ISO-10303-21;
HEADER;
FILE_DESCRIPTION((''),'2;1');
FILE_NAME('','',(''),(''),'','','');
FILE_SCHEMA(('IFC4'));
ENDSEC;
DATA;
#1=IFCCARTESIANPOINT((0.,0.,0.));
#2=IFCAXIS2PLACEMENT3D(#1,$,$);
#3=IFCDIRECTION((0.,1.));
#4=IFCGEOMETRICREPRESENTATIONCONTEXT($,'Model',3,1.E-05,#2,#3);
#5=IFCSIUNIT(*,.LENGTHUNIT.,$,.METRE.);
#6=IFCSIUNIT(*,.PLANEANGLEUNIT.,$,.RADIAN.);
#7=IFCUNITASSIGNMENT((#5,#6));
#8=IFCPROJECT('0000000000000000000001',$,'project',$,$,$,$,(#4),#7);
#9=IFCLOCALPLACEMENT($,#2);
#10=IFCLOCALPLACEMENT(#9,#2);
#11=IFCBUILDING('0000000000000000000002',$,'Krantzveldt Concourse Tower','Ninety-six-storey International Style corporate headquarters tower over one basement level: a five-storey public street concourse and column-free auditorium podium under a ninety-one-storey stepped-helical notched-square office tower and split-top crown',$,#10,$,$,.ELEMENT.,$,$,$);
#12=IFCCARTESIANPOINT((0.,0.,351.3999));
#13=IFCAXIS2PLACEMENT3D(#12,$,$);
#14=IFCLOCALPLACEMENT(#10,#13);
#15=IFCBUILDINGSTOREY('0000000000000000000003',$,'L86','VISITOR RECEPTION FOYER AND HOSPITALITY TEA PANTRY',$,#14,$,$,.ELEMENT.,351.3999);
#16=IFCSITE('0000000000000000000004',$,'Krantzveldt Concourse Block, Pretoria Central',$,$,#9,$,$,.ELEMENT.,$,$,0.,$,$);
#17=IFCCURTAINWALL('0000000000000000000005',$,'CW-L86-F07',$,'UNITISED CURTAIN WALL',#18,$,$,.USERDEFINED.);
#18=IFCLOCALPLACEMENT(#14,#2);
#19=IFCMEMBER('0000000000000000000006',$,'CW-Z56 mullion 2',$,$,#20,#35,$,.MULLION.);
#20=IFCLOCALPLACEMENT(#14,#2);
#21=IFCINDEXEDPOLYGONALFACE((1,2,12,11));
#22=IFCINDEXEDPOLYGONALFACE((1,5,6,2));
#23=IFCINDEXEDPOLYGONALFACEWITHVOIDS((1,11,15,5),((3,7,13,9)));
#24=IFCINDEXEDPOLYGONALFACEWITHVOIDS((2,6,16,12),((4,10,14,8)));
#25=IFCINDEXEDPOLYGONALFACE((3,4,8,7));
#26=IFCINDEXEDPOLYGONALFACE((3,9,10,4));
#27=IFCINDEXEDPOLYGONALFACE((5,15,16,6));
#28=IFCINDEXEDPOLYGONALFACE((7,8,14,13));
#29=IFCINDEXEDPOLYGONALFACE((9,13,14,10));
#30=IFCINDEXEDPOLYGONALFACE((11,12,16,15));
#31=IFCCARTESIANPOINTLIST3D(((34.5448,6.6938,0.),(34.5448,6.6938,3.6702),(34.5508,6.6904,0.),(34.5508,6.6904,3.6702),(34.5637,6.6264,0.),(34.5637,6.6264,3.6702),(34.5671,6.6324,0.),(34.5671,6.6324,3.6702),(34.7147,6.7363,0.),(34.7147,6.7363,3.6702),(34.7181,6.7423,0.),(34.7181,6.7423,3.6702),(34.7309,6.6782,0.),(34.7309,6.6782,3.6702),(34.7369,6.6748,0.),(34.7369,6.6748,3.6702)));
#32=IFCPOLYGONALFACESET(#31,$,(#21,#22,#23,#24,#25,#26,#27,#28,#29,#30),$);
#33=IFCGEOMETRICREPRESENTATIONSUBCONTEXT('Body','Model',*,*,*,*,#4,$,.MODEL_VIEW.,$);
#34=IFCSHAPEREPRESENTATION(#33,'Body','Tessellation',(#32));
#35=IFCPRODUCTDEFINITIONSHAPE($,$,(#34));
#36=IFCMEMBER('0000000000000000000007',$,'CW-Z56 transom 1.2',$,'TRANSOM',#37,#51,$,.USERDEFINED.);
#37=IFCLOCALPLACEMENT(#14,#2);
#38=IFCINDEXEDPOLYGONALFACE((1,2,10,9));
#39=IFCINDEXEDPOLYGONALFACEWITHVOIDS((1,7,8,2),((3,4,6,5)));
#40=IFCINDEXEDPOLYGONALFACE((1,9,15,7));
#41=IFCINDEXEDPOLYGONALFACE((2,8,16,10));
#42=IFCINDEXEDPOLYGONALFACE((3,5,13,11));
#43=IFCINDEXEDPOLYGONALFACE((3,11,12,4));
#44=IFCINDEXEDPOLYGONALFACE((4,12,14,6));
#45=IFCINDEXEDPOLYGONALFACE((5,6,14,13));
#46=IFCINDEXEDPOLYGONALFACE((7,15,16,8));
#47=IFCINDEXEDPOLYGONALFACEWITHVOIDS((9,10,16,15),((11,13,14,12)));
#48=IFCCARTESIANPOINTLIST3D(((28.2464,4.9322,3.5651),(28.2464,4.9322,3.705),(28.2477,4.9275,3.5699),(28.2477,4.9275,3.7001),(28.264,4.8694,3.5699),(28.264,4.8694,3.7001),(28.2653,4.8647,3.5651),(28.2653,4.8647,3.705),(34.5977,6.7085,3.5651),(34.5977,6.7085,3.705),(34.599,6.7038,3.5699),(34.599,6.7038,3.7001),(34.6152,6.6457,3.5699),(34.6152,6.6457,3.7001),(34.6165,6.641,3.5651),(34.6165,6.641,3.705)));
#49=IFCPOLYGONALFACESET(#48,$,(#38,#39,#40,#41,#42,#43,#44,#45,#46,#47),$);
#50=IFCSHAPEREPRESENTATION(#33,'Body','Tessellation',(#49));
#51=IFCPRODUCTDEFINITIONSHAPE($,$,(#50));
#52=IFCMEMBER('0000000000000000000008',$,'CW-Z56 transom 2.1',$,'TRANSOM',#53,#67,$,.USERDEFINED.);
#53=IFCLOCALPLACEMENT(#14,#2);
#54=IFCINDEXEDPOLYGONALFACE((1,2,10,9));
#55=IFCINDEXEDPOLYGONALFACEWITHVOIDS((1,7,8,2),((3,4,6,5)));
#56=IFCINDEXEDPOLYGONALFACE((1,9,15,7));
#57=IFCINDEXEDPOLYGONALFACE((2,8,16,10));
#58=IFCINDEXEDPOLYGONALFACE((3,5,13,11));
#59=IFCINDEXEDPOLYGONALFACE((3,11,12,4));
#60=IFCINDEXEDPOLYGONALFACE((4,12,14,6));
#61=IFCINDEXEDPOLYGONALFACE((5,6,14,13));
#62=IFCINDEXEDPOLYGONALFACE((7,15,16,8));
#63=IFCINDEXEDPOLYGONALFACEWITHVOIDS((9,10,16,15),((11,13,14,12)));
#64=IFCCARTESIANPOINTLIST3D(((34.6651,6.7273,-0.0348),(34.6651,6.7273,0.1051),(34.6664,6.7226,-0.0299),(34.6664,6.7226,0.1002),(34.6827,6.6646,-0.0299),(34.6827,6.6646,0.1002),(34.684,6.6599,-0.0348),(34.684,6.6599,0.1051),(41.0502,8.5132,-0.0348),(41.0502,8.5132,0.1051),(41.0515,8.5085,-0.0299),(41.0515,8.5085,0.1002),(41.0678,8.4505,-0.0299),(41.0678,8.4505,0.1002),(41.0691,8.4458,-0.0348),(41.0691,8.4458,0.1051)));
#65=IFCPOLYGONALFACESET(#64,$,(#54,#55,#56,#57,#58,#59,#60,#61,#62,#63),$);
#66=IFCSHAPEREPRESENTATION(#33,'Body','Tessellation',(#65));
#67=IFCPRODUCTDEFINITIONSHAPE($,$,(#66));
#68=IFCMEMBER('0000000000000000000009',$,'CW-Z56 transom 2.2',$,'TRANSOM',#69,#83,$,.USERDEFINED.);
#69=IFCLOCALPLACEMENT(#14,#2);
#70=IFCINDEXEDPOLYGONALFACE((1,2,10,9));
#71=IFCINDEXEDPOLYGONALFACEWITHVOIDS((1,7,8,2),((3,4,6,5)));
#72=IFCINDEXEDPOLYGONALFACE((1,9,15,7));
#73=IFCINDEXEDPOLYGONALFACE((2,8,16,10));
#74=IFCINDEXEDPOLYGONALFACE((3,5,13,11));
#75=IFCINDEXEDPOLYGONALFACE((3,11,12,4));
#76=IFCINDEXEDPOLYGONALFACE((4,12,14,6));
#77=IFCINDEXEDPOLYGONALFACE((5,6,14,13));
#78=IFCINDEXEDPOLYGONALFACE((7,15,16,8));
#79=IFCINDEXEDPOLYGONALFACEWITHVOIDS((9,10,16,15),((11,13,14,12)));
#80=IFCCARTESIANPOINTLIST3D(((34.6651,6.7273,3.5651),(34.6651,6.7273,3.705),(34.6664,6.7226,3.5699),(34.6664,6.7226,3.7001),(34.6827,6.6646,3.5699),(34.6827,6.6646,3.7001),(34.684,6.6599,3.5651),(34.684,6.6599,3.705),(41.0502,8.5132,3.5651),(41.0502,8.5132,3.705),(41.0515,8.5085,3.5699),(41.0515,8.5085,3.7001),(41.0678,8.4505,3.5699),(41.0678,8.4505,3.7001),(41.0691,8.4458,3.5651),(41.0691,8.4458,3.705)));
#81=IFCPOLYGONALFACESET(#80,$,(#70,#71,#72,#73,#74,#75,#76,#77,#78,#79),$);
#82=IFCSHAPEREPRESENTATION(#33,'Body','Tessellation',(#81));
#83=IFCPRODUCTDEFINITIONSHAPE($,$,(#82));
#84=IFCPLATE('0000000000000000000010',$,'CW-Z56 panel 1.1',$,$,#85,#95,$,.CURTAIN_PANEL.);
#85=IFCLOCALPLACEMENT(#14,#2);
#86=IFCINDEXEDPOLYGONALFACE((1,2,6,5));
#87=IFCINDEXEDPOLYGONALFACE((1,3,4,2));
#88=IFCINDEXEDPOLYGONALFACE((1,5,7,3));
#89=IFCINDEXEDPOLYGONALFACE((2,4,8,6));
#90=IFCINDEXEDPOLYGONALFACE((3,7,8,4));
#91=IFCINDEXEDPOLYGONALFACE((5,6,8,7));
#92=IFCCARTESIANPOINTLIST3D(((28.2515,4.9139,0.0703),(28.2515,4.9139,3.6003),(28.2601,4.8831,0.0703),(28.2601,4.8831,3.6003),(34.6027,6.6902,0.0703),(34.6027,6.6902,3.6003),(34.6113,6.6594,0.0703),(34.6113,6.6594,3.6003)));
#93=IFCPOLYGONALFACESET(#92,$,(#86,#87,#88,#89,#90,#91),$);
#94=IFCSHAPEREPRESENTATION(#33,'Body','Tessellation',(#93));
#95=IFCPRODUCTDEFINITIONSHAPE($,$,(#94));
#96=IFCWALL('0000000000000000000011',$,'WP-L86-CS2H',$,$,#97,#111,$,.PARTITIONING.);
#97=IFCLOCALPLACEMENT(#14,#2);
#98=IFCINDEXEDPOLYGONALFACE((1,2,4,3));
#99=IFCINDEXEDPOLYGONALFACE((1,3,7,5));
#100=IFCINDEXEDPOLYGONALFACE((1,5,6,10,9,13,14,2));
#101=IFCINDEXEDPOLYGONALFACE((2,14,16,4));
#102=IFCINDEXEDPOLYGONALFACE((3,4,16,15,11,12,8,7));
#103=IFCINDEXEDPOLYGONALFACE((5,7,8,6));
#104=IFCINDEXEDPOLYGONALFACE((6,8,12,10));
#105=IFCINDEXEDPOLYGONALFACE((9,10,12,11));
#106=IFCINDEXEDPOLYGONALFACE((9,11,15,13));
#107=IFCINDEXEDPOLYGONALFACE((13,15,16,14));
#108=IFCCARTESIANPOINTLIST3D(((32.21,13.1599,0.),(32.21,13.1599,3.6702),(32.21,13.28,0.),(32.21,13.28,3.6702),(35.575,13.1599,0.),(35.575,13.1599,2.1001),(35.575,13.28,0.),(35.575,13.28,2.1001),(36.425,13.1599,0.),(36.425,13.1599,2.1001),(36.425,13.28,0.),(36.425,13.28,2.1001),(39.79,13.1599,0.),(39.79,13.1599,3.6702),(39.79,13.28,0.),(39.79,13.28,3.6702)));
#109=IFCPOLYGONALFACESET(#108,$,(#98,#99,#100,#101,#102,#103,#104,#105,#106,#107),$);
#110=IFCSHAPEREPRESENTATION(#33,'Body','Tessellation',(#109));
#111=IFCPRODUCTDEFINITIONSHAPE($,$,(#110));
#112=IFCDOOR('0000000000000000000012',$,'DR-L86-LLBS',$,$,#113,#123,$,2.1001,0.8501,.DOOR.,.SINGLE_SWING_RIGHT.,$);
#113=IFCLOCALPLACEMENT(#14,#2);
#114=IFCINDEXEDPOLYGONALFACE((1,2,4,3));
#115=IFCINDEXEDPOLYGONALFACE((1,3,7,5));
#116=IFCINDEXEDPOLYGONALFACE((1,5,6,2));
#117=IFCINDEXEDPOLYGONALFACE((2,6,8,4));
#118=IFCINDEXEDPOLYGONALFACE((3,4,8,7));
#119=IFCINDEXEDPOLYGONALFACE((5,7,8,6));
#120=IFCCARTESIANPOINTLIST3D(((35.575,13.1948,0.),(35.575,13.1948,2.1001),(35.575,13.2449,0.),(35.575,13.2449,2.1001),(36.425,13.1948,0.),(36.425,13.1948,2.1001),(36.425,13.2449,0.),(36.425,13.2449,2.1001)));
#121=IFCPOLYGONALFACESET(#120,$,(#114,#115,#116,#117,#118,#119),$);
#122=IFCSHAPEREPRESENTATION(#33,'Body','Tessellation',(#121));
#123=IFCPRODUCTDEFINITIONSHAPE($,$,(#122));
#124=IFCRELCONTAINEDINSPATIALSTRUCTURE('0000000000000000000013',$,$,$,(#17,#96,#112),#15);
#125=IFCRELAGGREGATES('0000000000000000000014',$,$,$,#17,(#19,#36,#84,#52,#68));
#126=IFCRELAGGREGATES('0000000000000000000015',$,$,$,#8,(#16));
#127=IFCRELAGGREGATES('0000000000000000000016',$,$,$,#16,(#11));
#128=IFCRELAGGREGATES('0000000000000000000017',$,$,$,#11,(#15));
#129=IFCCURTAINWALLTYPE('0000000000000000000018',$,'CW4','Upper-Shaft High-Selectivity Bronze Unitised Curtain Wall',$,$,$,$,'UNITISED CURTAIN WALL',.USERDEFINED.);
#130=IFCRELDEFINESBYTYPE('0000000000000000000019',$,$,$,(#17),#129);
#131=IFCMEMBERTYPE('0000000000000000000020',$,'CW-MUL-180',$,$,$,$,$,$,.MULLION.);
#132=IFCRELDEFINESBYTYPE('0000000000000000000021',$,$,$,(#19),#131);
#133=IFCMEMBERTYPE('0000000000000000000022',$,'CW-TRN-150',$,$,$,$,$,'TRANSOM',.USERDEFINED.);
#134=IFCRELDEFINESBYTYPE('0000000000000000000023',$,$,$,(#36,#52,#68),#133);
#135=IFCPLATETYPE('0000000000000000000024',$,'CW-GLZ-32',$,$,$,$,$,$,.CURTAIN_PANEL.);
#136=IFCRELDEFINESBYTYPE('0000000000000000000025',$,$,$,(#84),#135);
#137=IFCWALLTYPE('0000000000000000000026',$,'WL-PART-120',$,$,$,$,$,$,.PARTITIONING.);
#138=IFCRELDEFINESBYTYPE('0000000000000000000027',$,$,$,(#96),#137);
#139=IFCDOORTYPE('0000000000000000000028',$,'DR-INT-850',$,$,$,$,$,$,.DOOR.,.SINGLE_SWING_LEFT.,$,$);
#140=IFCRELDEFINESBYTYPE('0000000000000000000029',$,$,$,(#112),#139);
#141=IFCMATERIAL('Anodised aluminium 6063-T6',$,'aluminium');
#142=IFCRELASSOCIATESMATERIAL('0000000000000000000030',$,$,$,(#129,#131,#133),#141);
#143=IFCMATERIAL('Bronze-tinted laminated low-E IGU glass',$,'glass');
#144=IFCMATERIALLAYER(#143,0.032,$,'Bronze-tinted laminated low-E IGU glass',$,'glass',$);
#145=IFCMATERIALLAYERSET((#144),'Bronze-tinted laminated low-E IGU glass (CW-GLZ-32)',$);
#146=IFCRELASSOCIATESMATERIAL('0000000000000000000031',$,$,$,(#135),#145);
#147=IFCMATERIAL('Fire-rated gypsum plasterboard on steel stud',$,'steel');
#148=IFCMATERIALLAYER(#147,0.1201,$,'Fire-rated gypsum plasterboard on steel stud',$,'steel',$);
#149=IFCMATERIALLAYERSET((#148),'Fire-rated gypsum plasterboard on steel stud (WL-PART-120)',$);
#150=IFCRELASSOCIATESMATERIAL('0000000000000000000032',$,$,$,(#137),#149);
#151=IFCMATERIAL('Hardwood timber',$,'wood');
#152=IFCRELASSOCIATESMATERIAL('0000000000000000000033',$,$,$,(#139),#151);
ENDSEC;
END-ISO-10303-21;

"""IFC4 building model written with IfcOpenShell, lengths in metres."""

from ifc_helpers import new_model, si_unit, direction, frame, frame_2d, origin, origin_2d, place, context, subcontext, project, spatial, rectangle, hollow_rectangle, extrude, source, transform, mapped, material, layer, layer_set, material_profile, profile_set, type_object, type_shapes, element, fill, aggregate, save


model = new_model("IFC4")

# Units and contexts
model_context = context("Model", 3, precision=1e-05, world=origin(), true_north=direction((0.0, 1.0)))
body_context = subcontext(model_context, "Body", "Model", "MODEL_VIEW")
ifc_project = project(units=[si_unit("LENGTHUNIT", "METRE"), si_unit("PLANEANGLEUNIT", "RADIAN")], contexts=[model_context])

# Site, building, storey
site_placement = place(None, origin())
site = spatial("IfcSite", under=ifc_project, at=site_placement, Name="Krantzveldt Concourse Block, Pretoria Central", CompositionType="ELEMENT", RefElevation=0.0)
building_placement = place(site_placement, origin())
building = spatial("IfcBuilding", under=site, at=building_placement, Name="Krantzveldt Concourse Tower", Description="Ninety-six-storey International Style corporate headquarters tower over one basement level: a five-storey public street concourse and column-free auditorium podium under a ninety-one-storey stepped-helical notched-square office tower and split-top crown", CompositionType="ELEMENT")
storey_placement = place(building_placement, frame((0.0, 0.0, 351.3999)))
storey = spatial("IfcBuildingStorey", under=building, at=storey_placement, Name="L86", Description="VISITOR RECEPTION FOYER AND HOSPITALITY TEA PANTRY", CompositionType="ELEMENT", Elevation=351.3999)

# Curtain wall, members, plate
ifc_material_1 = material(Name="Anodised aluminium 6063-T6", Category="aluminium")
curtain_wall_type = type_object("IfcCurtainWallType", Name="CW4", Description="Upper-Shaft High-Selectivity Bronze Unitised Curtain Wall", ElementType="UNITISED CURTAIN WALL", PredefinedType="USERDEFINED", material=ifc_material_1)
curtain_wall_placement = place(storey_placement, origin())
curtain_wall = element("IfcCurtainWall", 1, at=curtain_wall_placement, inside=storey, type_object=curtain_wall_type, Name="CW-L86-F07", ObjectType="UNITISED CURTAIN WALL", PredefinedType="USERDEFINED")
ifc_material_profile_1 = material_profile(ifc_material_1, hollow_rectangle(XDim=0.0701, YDim=0.1799, WallThickness=0.0049, at=origin_2d()), Name="Anodised aluminium 6063-T6", Category="aluminium")
ifc_profile_set_1 = profile_set([ifc_material_profile_1], Name="Anodised aluminium 6063-T6 - ALU-MULL 180x70x5")
member_type_1 = type_object("IfcMemberType", Name="CW-MUL-180", PredefinedType="MULLION", material=ifc_profile_set_1)
shared_shape_1 = source(origin(), body_context, "Body", "SweptSolid", [
    extrude(hollow_rectangle(XDim=0.0701, YDim=0.1799, WallThickness=0.0049, at=origin_2d()), origin(), (0.0, 0.0, 1.0), 3.6702),
])
type_shapes(member_type_1, [shared_shape_1])
member_1_placement = place(storey_placement, frame((34.6409, 6.6843, 0.0), z_axis=(0.0, 0.0, 1.0), x_axis=(-0.26934, 0.963045, 0.0)))
member_1 = element("IfcMember", 2, at=member_1_placement, type_object=member_type_1, Name="CW-Z56 mullion 2", PredefinedType="MULLION", context=body_context, shape_type="MappedRepresentation", body=[
    mapped(shared_shape_1, transform((0.0, 0.0, 0.0), x_axis=(1.0, 0.0, 0.0), y_axis=(0.0, 1.0, 0.0), z_axis=(0.0, 0.0, 1.0), scale=1.0)),
])
ifc_material_profile_2 = material_profile(ifc_material_1, hollow_rectangle(XDim=0.0701, YDim=0.1399, WallThickness=0.0049, at=origin_2d()), Name="Anodised aluminium 6063-T6", Category="aluminium")
ifc_profile_set_2 = profile_set([ifc_material_profile_2], Name="Anodised aluminium 6063-T6 - ALU-TRAN 140x70x5")
member_type_2 = type_object("IfcMemberType", Name="CW-TRN-150", ElementType="TRANSOM", PredefinedType="USERDEFINED", material=ifc_profile_set_2)
shared_shape_2 = source(origin(), body_context, "Body", "SweptSolid", [
    extrude(hollow_rectangle(XDim=0.0701, YDim=0.1399, WallThickness=0.0049, at=origin_2d()), origin(), (0.0, 0.0, 1.0), 6.595),
])
member_2_placement = place(storey_placement, frame((28.2559, 4.8984, 3.635), z_axis=(0.963043, 0.269348, 0.0), x_axis=(-0.269348, 0.963043, 0.0)))
member_2 = element("IfcMember", 3, at=member_2_placement, type_object=member_type_2, Name="CW-Z56 transom 1.2", ObjectType="TRANSOM", PredefinedType="USERDEFINED", context=body_context, shape_type="MappedRepresentation", body=[
    mapped(shared_shape_2, transform((0.0, 0.0, 0.0), x_axis=(1.0, 0.0, 0.0), y_axis=(0.0, 1.0, 0.0), z_axis=(0.0, 0.0, 1.0), scale=1.0)),
])
shared_shape_3 = source(origin(), body_context, "Body", "SweptSolid", [
    extrude(hollow_rectangle(XDim=0.0701, YDim=0.1399, WallThickness=0.0049, at=origin_2d()), origin(), (0.0, 0.0, 1.0), 6.6301),
])
type_shapes(member_type_2, [shared_shape_2, shared_shape_3])
member_3_placement = place(storey_placement, frame((34.6746, 6.6936, 0.0352), z_axis=(0.963039, 0.269362, 0.0), x_axis=(-0.269362, 0.963039, 0.0)))
member_3 = element("IfcMember", 4, at=member_3_placement, type_object=member_type_2, Name="CW-Z56 transom 2.1", ObjectType="TRANSOM", PredefinedType="USERDEFINED", context=body_context, shape_type="MappedRepresentation", body=[
    mapped(shared_shape_3, transform((0.0, 0.0, 0.0), x_axis=(1.0, 0.0, 0.0), y_axis=(0.0, 1.0, 0.0), z_axis=(0.0, 0.0, 1.0), scale=1.0)),
])
member_4_placement = place(storey_placement, frame((34.6746, 6.6936, 3.635), z_axis=(0.963039, 0.269362, 0.0), x_axis=(-0.269362, 0.963039, 0.0)))
member_4 = element("IfcMember", 5, at=member_4_placement, type_object=member_type_2, Name="CW-Z56 transom 2.2", ObjectType="TRANSOM", PredefinedType="USERDEFINED", context=body_context, shape_type="MappedRepresentation", body=[
    mapped(shared_shape_3, transform((0.0, 0.0, 0.0), x_axis=(1.0, 0.0, 0.0), y_axis=(0.0, 1.0, 0.0), z_axis=(0.0, 0.0, 1.0), scale=1.0)),
])
ifc_material_2 = material(Name="Bronze-tinted laminated low-E IGU glass", Category="glass")
ifc_layer_1 = layer(ifc_material_2, 0.032, Name="Bronze-tinted laminated low-E IGU glass", Category="glass")
ifc_layer_set_1 = layer_set([ifc_layer_1], Name="Bronze-tinted laminated low-E IGU glass (CW-GLZ-32)")
plate_type = type_object("IfcPlateType", Name="CW-GLZ-32", PredefinedType="CURTAIN_PANEL", material=ifc_layer_set_1)
shared_shape_4 = source(origin(), body_context, "Body", "SweptSolid", [
    extrude(rectangle(XDim=6.595, YDim=0.032, at=origin_2d()), origin(), (0.0, 0.0, 1.0), 3.53),
])
type_shapes(plate_type, [shared_shape_4])
plate_placement = place(storey_placement, frame((31.4314, 5.7866, 0.0703), z_axis=(0.0, 0.0, 1.0), x_axis=(0.963045, 0.26934, 0.0)))
plate = element("IfcPlate", 6, at=plate_placement, type_object=plate_type, Name="CW-Z56 panel 1.1", PredefinedType="CURTAIN_PANEL", context=body_context, shape_type="MappedRepresentation", body=[
    mapped(shared_shape_4, transform((0.0, 0.0, 0.0), x_axis=(1.0, 0.0, 0.0), y_axis=(0.0, 1.0, 0.0), z_axis=(0.0, 0.0, 1.0), scale=1.0)),
])
aggregate(curtain_wall, [member_1, member_2, plate, member_3, member_4])

# Wall, opening, door
ifc_material_3 = material(Name="Fire-rated gypsum plasterboard on steel stud", Category="steel")
ifc_layer_2 = layer(ifc_material_3, 0.1201, Name="Fire-rated gypsum plasterboard on steel stud", Category="steel")
ifc_layer_set_2 = layer_set([ifc_layer_2], Name="Fire-rated gypsum plasterboard on steel stud (WL-PART-120)")
wall_type_1 = type_object("IfcWallType", Name="WL-PART-120", PredefinedType="PARTITIONING", material=ifc_layer_set_2)
wall_1_placement = place(storey_placement, frame((32.21, 13.22, 0.0), z_axis=(0.0, 0.0, 1.0), x_axis=(1.0, 0.0, 0.0)))
wall_1 = element("IfcWall", 7, at=wall_1_placement, inside=storey, type_object=wall_type_1, Name="WP-L86-CS2H", PredefinedType="PARTITIONING", context=body_context, shape_type="SweptSolid", body=[
    extrude(rectangle(XDim=7.5801, YDim=0.1201, at=frame_2d((3.79, 0.0))), origin(), (0.0, 0.0, 1.0), 3.6702),
])
opening_1_placement = place(wall_1_placement, frame((3.365, 0.0, 0.0)))
opening_1 = element("IfcOpeningElement", 8, at=opening_1_placement, cuts=wall_1, PredefinedType="OPENING", context=body_context, shape_type="SweptSolid", body=[
    extrude(rectangle(XDim=0.8501, YDim=2.1001, at=frame_2d((0.425, 1.05))), frame((0.0, 0.0701, 0.0), z_axis=(0.0, -1.0, 0.0), x_axis=(1.0, 0.0, 0.0)), (0.0, 0.0, 1.0), 0.1401),
])
ifc_material_4 = material(Name="Hardwood timber", Category="wood")
door_type_1 = type_object("IfcDoorType", Name="DR-INT-850", OperationType="SINGLE_SWING_LEFT", PredefinedType="DOOR", material=ifc_material_4)
door_1_placement = place(opening_1_placement, origin())
door_1 = element("IfcDoor", 9, at=door_1_placement, inside=storey, type_object=door_type_1, Name="DR-L86-LLBS", OperationType="SINGLE_SWING_RIGHT", OverallHeight=2.1001, OverallWidth=0.8501, PredefinedType="DOOR", context=body_context, shape_type="SweptSolid", body=[
    extrude(rectangle(XDim=0.8501, YDim=2.1001, at=frame_2d((0.425, 1.05))), frame((0.0, 0.0249, 0.0), z_axis=(0.0, -1.0, 0.0), x_axis=(1.0, 0.0, 0.0)), (0.0, 0.0, 1.0), 0.05),
])
fill(opening_1, door_1)

save(model, "model.ifc")
